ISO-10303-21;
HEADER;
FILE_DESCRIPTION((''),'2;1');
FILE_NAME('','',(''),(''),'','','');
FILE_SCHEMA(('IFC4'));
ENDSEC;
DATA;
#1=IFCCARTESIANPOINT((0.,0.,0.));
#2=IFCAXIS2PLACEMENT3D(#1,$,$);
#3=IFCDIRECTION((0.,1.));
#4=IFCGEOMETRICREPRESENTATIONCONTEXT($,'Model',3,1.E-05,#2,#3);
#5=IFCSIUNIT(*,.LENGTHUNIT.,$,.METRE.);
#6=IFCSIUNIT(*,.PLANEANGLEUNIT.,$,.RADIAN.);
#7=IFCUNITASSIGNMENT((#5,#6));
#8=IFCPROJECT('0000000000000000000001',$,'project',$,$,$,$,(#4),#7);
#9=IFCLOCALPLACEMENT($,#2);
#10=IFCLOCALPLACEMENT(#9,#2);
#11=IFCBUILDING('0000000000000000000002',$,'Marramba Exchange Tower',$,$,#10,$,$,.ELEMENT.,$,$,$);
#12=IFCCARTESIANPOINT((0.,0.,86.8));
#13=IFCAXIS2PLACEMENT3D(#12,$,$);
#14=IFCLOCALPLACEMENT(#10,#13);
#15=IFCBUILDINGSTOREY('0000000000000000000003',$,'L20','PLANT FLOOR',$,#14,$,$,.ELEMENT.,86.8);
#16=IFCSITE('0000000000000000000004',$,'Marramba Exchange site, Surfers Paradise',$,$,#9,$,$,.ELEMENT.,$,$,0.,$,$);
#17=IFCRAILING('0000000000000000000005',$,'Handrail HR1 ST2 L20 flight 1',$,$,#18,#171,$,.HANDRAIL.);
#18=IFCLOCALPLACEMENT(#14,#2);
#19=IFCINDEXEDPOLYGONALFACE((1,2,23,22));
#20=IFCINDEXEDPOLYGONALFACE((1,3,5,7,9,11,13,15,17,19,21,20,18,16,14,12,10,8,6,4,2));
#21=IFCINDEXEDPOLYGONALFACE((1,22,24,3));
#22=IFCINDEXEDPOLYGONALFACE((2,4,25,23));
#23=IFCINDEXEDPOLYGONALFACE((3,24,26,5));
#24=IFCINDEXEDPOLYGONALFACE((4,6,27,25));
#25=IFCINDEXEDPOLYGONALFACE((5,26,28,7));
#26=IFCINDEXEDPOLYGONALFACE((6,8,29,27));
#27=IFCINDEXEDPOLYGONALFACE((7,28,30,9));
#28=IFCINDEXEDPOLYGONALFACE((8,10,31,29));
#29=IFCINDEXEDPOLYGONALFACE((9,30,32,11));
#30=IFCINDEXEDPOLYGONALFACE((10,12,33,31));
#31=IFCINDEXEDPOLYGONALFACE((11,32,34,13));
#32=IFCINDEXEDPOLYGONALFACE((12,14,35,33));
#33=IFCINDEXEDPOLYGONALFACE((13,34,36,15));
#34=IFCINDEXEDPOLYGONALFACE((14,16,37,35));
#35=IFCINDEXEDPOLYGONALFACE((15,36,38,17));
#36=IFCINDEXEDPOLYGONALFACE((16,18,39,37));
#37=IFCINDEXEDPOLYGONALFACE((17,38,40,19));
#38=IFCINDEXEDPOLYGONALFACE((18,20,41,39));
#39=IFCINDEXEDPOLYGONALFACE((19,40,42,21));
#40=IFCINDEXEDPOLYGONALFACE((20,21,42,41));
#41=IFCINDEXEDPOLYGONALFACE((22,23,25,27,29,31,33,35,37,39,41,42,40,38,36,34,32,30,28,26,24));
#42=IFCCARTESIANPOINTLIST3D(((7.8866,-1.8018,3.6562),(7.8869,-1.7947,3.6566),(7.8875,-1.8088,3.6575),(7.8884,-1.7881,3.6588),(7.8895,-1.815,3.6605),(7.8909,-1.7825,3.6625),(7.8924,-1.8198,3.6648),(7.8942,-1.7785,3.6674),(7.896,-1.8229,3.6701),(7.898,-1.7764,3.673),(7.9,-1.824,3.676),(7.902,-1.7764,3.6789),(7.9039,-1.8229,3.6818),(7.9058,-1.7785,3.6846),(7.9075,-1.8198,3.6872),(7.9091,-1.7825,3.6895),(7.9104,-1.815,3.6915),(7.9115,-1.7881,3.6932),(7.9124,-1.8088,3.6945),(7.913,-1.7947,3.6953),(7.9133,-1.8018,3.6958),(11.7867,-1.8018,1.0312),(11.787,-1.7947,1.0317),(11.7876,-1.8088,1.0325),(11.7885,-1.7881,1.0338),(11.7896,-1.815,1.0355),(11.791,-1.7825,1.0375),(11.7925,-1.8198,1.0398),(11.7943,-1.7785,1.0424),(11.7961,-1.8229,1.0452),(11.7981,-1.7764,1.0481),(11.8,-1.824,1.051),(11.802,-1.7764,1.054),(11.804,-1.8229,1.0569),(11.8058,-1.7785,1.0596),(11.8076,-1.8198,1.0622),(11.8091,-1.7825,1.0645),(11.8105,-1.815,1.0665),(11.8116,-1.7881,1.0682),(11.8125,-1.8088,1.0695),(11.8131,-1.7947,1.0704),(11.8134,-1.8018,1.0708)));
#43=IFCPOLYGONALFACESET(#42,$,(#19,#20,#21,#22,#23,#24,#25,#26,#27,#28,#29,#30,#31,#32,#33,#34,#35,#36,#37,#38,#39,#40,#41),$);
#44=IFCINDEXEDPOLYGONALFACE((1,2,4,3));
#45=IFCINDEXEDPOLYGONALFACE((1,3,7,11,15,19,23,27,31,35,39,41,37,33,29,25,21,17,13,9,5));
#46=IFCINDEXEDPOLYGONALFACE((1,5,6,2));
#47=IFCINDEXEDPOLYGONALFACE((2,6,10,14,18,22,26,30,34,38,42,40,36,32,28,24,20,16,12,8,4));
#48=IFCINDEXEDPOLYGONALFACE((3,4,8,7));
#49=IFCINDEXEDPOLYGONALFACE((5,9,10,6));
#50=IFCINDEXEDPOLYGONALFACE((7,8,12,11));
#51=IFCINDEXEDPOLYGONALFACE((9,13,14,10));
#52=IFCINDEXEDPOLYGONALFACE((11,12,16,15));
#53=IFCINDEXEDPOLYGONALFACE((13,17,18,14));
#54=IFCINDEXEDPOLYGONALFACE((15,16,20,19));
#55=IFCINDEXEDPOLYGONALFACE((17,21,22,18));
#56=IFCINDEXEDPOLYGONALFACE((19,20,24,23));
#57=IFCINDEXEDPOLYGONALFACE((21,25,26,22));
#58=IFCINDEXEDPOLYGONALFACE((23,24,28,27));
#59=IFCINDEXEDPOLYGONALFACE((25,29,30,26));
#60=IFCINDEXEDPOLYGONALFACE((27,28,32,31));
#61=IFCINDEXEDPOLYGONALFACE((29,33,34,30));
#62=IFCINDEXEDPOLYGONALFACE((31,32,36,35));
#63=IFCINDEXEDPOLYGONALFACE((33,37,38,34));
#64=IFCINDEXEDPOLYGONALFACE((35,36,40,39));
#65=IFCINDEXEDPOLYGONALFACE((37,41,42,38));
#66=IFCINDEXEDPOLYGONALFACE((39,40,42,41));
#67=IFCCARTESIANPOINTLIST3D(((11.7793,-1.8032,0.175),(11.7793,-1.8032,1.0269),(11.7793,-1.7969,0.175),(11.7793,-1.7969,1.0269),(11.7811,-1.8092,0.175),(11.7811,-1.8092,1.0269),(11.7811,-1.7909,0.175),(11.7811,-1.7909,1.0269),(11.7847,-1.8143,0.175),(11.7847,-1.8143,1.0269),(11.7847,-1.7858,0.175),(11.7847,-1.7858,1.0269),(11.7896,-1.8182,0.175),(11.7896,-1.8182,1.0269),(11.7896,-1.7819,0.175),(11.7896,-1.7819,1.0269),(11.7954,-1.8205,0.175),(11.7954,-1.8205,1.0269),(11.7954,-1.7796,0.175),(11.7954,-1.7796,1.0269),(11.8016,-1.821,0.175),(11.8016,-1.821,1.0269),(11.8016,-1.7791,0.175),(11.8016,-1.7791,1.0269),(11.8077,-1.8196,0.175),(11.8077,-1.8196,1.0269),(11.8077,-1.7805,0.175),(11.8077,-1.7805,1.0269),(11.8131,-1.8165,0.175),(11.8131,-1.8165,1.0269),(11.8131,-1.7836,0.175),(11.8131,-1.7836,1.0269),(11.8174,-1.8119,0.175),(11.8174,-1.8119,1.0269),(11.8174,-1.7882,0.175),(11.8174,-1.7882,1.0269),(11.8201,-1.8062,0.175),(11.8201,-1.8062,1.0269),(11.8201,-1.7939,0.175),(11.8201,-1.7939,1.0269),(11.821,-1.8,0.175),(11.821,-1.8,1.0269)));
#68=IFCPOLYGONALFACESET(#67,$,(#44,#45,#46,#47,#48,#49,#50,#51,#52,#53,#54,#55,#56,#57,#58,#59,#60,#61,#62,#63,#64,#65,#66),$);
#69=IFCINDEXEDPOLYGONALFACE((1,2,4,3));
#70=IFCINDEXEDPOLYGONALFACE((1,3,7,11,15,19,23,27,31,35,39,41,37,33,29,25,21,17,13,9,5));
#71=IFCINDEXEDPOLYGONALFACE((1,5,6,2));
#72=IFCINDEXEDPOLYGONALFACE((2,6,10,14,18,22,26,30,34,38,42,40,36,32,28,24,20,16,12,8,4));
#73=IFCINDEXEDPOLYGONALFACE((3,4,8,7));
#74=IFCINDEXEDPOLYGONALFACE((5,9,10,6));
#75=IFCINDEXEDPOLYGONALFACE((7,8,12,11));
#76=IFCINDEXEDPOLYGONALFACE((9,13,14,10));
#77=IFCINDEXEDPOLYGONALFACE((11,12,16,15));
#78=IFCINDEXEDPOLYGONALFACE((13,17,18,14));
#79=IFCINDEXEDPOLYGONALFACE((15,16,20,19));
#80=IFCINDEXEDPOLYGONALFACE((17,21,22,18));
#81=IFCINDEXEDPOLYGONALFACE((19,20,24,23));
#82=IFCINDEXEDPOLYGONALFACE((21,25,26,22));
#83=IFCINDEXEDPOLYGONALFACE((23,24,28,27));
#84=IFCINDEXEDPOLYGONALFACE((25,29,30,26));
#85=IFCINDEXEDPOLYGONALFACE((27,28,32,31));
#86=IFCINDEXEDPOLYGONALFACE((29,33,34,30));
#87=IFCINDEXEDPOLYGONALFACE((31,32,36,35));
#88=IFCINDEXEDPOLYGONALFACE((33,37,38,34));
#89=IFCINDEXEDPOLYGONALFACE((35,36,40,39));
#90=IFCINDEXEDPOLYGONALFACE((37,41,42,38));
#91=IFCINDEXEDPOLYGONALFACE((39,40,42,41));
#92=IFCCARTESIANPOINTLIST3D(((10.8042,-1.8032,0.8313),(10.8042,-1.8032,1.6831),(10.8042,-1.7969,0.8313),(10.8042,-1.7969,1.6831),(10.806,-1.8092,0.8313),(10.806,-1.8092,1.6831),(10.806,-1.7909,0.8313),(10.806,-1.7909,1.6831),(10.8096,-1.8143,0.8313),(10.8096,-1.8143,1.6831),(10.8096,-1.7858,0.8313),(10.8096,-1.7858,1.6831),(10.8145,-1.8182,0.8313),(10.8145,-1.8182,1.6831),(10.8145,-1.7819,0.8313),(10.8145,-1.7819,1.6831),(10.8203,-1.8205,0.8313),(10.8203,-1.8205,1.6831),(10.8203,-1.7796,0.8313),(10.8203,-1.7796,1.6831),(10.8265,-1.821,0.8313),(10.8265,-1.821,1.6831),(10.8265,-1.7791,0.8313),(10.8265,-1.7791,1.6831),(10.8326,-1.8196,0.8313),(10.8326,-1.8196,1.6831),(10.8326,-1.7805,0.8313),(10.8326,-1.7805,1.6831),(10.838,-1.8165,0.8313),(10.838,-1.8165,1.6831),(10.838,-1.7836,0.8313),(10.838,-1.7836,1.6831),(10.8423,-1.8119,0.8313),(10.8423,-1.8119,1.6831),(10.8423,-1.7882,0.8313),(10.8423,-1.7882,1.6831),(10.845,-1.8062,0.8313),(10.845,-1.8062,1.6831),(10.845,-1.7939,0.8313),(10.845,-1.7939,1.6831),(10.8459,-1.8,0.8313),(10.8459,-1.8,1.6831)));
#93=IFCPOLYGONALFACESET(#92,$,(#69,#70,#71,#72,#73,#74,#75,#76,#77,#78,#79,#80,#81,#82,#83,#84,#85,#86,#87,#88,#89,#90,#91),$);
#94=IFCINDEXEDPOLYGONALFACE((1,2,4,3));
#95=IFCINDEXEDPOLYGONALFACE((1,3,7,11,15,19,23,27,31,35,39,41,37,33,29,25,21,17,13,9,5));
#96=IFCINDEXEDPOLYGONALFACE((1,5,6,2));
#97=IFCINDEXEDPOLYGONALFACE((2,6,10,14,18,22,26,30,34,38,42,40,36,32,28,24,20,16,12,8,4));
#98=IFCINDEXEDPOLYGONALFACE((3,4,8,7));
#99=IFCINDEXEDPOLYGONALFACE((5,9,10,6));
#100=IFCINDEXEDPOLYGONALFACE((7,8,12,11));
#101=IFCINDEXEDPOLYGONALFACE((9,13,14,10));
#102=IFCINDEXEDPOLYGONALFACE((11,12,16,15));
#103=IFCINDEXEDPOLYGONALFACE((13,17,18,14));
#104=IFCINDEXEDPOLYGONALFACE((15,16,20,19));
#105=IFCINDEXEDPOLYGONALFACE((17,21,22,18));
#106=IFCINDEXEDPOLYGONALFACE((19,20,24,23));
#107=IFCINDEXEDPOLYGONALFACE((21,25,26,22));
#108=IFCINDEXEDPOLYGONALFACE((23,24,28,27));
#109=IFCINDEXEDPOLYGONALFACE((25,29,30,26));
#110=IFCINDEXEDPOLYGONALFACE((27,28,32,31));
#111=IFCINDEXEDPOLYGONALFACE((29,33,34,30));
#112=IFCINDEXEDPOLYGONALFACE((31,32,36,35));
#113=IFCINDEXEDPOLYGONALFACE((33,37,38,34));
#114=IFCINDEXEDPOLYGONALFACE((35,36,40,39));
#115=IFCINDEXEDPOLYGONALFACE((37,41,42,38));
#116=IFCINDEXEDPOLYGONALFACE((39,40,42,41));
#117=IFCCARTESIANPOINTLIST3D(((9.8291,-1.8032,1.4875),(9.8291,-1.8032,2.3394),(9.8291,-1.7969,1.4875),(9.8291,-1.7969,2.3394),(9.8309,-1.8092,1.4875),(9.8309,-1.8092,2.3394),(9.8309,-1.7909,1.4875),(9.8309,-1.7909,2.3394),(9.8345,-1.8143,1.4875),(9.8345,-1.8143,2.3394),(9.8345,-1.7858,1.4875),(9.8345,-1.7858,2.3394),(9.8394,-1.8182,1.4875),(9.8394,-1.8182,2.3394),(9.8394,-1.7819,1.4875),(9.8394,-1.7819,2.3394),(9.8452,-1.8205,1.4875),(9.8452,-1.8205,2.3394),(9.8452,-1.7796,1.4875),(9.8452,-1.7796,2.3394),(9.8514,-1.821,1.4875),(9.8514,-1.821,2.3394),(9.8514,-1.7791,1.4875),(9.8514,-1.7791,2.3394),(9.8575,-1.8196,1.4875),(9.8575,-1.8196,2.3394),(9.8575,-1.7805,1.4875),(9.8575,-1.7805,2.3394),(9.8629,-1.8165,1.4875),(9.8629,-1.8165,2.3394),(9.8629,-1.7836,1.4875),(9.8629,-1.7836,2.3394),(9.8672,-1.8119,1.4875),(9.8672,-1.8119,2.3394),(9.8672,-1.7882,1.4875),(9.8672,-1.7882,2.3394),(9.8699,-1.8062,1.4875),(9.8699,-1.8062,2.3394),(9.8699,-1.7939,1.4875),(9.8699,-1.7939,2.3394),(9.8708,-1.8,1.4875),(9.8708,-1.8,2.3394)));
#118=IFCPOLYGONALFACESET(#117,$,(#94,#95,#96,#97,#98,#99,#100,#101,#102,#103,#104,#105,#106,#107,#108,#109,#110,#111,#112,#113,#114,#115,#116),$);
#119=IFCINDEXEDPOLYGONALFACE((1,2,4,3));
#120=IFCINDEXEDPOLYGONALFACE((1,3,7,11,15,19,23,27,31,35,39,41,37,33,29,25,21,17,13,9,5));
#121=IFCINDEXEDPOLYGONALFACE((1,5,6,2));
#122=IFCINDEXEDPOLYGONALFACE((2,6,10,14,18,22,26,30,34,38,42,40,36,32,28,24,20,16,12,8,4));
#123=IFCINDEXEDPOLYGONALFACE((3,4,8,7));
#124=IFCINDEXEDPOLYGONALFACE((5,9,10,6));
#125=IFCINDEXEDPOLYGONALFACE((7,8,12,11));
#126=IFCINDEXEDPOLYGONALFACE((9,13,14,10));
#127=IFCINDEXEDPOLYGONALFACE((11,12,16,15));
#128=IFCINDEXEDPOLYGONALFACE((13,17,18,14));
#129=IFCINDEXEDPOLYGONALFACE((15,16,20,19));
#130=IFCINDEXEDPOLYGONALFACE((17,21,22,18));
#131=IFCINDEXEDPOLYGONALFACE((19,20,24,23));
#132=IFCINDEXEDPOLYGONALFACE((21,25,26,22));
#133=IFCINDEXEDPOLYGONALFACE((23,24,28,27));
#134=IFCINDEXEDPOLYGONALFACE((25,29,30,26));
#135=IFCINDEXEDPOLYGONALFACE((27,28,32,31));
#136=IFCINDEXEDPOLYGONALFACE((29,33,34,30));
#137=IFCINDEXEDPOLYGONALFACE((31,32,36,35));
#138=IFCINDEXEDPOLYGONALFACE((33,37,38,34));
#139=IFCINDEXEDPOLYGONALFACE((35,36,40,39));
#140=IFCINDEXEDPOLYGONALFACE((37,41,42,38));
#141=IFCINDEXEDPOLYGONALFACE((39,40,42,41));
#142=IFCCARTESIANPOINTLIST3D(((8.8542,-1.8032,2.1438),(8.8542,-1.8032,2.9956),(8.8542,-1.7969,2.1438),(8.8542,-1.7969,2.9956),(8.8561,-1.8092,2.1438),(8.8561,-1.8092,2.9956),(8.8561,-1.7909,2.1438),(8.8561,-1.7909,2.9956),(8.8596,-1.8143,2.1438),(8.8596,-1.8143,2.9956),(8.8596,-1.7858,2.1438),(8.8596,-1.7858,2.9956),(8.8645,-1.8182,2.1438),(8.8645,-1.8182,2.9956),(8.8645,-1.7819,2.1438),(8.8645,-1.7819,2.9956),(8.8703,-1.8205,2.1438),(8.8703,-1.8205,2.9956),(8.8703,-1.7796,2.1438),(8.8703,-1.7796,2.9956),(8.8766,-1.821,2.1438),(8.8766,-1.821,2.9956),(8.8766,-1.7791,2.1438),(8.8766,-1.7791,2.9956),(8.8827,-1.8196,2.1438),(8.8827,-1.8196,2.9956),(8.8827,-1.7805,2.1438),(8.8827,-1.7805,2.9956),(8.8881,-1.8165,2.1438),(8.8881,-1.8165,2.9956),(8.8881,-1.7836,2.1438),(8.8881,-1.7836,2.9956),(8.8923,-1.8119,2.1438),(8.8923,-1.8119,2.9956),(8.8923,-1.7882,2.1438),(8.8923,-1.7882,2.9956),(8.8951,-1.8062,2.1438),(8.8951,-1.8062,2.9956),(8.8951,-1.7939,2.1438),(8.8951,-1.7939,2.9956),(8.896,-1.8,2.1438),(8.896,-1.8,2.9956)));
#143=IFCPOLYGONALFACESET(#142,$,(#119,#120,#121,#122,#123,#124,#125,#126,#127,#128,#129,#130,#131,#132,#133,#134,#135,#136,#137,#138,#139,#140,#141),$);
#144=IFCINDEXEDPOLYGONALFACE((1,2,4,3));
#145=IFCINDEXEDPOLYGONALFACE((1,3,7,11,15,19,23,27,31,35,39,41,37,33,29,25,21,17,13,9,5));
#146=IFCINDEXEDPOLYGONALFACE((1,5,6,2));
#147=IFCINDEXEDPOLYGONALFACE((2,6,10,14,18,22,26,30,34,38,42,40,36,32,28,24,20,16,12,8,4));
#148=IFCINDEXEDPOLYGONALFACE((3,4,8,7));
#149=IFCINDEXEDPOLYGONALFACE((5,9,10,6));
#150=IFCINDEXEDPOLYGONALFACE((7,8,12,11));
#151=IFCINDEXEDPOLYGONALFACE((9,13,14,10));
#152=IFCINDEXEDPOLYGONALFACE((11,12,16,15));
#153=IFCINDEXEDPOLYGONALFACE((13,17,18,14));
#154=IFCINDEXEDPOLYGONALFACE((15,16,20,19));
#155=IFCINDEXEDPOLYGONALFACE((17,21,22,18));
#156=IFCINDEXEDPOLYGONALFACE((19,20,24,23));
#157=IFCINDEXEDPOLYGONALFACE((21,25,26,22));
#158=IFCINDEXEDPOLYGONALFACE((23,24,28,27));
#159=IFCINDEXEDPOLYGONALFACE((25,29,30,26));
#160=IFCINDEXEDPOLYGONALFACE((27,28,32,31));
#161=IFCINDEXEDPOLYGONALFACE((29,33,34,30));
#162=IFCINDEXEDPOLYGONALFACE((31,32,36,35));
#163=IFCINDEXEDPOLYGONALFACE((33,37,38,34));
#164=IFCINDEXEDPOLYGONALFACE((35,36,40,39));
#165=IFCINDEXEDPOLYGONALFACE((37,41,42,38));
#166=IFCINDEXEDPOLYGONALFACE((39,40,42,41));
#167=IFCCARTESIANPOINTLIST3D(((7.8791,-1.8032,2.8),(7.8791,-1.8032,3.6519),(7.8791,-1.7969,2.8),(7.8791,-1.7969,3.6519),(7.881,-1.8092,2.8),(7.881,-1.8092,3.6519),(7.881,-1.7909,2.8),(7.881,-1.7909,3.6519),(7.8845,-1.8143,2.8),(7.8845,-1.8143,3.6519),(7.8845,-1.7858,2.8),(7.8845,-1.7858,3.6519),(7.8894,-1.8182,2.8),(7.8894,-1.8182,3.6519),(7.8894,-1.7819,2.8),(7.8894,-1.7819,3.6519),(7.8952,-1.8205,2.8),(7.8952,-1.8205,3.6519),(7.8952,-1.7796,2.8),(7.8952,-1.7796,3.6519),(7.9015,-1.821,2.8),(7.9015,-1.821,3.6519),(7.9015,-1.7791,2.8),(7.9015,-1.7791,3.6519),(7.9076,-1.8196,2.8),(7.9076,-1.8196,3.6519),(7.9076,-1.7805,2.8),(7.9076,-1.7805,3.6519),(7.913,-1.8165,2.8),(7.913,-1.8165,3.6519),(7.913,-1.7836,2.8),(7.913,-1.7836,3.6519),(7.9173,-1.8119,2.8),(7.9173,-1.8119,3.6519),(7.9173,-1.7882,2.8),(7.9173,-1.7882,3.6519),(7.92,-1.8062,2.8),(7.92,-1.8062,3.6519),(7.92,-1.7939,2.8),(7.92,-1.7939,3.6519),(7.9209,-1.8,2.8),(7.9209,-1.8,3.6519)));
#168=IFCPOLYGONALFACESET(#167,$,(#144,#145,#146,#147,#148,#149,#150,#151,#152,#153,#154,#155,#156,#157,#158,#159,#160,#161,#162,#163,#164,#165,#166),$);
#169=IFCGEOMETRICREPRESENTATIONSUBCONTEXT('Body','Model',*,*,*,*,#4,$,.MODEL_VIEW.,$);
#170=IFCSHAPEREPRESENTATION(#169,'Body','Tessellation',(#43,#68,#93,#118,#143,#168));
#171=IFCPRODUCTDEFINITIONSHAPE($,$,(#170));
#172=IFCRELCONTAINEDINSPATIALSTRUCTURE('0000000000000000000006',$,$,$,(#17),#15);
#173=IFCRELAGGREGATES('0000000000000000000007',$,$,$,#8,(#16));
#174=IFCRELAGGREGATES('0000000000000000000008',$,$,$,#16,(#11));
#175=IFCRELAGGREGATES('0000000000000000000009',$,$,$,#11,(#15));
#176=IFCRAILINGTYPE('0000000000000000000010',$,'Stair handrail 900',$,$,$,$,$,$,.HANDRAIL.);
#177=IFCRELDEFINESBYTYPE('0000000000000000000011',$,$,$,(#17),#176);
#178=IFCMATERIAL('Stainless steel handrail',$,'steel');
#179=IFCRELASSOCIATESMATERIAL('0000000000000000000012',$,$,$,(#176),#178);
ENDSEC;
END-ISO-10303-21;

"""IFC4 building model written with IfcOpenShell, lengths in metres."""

from ifc_helpers import new_model, si_unit, direction, frame, origin, origin_2d, place, context, subcontext, project, spatial, circle, extrude, material, type_object, element, save


model = new_model("IFC4")

# Units and contexts
model_context = context("Model", 3, precision=1e-05, world=origin(), true_north=direction((0.0, 1.0)))
body_context = subcontext(model_context, "Body", "Model", "MODEL_VIEW")
ifc_project = project(units=[si_unit("LENGTHUNIT", "METRE"), si_unit("PLANEANGLEUNIT", "RADIAN")], contexts=[model_context])

# Site, building, storey
site_placement = place(None, origin())
site = spatial("IfcSite", under=ifc_project, at=site_placement, Name="Marramba Exchange site, Surfers Paradise", CompositionType="ELEMENT", RefElevation=0.0)
building_placement = place(site_placement, origin())
building = spatial("IfcBuilding", under=site, at=building_placement, Name="Marramba Exchange Tower", CompositionType="ELEMENT")
storey_placement = place(building_placement, frame((0.0, 0.0, 86.8)))
storey = spatial("IfcBuildingStorey", under=building, at=storey_placement, Name="L20", Description="PLANT FLOOR", CompositionType="ELEMENT", Elevation=86.8)

# Railing
ifc_material_1 = material(Name="Stainless steel handrail", Category="steel")
railing_type = type_object("IfcRailingType", Name="Stair handrail 900", PredefinedType="HANDRAIL", material=ifc_material_1)
railing_placement = place(storey_placement, frame((11.8, -1.8, 0.175)))
element("IfcRailing", 1, at=railing_placement, inside=storey, type_object=railing_type, Name="Handrail HR1 ST2 L20 flight 1", PredefinedType="HANDRAIL", context=body_context, shape_type="SweptSolid", body=[
    extrude(circle(Radius=0.0239, at=origin_2d()), frame((0.0, 0.0, 0.876), z_axis=(-0.829597, 0.0, 0.558362), x_axis=(0.0, -1.0, 0.0)), (0.0, 0.0, 1.0), 4.7012),
    extrude(circle(Radius=0.021, at=origin_2d()), origin(), (0.0, 0.0, 1.0), 0.8518),
    extrude(circle(Radius=0.021, at=origin_2d()), frame((-0.9751, 0.0, 0.6562)), (0.0, 0.0, 1.0), 0.8518),
    extrude(circle(Radius=0.021, at=origin_2d()), frame((-1.9502, 0.0, 1.3125)), (0.0, 0.0, 1.0), 0.8518),
    extrude(circle(Radius=0.021, at=origin_2d()), frame((-2.925, 0.0, 1.9688)), (0.0, 0.0, 1.0), 0.8518),
    extrude(circle(Radius=0.021, at=origin_2d()), frame((-3.9001, 0.0, 2.625)), (0.0, 0.0, 1.0), 0.8518),
])

save(model, "model.ifc")
